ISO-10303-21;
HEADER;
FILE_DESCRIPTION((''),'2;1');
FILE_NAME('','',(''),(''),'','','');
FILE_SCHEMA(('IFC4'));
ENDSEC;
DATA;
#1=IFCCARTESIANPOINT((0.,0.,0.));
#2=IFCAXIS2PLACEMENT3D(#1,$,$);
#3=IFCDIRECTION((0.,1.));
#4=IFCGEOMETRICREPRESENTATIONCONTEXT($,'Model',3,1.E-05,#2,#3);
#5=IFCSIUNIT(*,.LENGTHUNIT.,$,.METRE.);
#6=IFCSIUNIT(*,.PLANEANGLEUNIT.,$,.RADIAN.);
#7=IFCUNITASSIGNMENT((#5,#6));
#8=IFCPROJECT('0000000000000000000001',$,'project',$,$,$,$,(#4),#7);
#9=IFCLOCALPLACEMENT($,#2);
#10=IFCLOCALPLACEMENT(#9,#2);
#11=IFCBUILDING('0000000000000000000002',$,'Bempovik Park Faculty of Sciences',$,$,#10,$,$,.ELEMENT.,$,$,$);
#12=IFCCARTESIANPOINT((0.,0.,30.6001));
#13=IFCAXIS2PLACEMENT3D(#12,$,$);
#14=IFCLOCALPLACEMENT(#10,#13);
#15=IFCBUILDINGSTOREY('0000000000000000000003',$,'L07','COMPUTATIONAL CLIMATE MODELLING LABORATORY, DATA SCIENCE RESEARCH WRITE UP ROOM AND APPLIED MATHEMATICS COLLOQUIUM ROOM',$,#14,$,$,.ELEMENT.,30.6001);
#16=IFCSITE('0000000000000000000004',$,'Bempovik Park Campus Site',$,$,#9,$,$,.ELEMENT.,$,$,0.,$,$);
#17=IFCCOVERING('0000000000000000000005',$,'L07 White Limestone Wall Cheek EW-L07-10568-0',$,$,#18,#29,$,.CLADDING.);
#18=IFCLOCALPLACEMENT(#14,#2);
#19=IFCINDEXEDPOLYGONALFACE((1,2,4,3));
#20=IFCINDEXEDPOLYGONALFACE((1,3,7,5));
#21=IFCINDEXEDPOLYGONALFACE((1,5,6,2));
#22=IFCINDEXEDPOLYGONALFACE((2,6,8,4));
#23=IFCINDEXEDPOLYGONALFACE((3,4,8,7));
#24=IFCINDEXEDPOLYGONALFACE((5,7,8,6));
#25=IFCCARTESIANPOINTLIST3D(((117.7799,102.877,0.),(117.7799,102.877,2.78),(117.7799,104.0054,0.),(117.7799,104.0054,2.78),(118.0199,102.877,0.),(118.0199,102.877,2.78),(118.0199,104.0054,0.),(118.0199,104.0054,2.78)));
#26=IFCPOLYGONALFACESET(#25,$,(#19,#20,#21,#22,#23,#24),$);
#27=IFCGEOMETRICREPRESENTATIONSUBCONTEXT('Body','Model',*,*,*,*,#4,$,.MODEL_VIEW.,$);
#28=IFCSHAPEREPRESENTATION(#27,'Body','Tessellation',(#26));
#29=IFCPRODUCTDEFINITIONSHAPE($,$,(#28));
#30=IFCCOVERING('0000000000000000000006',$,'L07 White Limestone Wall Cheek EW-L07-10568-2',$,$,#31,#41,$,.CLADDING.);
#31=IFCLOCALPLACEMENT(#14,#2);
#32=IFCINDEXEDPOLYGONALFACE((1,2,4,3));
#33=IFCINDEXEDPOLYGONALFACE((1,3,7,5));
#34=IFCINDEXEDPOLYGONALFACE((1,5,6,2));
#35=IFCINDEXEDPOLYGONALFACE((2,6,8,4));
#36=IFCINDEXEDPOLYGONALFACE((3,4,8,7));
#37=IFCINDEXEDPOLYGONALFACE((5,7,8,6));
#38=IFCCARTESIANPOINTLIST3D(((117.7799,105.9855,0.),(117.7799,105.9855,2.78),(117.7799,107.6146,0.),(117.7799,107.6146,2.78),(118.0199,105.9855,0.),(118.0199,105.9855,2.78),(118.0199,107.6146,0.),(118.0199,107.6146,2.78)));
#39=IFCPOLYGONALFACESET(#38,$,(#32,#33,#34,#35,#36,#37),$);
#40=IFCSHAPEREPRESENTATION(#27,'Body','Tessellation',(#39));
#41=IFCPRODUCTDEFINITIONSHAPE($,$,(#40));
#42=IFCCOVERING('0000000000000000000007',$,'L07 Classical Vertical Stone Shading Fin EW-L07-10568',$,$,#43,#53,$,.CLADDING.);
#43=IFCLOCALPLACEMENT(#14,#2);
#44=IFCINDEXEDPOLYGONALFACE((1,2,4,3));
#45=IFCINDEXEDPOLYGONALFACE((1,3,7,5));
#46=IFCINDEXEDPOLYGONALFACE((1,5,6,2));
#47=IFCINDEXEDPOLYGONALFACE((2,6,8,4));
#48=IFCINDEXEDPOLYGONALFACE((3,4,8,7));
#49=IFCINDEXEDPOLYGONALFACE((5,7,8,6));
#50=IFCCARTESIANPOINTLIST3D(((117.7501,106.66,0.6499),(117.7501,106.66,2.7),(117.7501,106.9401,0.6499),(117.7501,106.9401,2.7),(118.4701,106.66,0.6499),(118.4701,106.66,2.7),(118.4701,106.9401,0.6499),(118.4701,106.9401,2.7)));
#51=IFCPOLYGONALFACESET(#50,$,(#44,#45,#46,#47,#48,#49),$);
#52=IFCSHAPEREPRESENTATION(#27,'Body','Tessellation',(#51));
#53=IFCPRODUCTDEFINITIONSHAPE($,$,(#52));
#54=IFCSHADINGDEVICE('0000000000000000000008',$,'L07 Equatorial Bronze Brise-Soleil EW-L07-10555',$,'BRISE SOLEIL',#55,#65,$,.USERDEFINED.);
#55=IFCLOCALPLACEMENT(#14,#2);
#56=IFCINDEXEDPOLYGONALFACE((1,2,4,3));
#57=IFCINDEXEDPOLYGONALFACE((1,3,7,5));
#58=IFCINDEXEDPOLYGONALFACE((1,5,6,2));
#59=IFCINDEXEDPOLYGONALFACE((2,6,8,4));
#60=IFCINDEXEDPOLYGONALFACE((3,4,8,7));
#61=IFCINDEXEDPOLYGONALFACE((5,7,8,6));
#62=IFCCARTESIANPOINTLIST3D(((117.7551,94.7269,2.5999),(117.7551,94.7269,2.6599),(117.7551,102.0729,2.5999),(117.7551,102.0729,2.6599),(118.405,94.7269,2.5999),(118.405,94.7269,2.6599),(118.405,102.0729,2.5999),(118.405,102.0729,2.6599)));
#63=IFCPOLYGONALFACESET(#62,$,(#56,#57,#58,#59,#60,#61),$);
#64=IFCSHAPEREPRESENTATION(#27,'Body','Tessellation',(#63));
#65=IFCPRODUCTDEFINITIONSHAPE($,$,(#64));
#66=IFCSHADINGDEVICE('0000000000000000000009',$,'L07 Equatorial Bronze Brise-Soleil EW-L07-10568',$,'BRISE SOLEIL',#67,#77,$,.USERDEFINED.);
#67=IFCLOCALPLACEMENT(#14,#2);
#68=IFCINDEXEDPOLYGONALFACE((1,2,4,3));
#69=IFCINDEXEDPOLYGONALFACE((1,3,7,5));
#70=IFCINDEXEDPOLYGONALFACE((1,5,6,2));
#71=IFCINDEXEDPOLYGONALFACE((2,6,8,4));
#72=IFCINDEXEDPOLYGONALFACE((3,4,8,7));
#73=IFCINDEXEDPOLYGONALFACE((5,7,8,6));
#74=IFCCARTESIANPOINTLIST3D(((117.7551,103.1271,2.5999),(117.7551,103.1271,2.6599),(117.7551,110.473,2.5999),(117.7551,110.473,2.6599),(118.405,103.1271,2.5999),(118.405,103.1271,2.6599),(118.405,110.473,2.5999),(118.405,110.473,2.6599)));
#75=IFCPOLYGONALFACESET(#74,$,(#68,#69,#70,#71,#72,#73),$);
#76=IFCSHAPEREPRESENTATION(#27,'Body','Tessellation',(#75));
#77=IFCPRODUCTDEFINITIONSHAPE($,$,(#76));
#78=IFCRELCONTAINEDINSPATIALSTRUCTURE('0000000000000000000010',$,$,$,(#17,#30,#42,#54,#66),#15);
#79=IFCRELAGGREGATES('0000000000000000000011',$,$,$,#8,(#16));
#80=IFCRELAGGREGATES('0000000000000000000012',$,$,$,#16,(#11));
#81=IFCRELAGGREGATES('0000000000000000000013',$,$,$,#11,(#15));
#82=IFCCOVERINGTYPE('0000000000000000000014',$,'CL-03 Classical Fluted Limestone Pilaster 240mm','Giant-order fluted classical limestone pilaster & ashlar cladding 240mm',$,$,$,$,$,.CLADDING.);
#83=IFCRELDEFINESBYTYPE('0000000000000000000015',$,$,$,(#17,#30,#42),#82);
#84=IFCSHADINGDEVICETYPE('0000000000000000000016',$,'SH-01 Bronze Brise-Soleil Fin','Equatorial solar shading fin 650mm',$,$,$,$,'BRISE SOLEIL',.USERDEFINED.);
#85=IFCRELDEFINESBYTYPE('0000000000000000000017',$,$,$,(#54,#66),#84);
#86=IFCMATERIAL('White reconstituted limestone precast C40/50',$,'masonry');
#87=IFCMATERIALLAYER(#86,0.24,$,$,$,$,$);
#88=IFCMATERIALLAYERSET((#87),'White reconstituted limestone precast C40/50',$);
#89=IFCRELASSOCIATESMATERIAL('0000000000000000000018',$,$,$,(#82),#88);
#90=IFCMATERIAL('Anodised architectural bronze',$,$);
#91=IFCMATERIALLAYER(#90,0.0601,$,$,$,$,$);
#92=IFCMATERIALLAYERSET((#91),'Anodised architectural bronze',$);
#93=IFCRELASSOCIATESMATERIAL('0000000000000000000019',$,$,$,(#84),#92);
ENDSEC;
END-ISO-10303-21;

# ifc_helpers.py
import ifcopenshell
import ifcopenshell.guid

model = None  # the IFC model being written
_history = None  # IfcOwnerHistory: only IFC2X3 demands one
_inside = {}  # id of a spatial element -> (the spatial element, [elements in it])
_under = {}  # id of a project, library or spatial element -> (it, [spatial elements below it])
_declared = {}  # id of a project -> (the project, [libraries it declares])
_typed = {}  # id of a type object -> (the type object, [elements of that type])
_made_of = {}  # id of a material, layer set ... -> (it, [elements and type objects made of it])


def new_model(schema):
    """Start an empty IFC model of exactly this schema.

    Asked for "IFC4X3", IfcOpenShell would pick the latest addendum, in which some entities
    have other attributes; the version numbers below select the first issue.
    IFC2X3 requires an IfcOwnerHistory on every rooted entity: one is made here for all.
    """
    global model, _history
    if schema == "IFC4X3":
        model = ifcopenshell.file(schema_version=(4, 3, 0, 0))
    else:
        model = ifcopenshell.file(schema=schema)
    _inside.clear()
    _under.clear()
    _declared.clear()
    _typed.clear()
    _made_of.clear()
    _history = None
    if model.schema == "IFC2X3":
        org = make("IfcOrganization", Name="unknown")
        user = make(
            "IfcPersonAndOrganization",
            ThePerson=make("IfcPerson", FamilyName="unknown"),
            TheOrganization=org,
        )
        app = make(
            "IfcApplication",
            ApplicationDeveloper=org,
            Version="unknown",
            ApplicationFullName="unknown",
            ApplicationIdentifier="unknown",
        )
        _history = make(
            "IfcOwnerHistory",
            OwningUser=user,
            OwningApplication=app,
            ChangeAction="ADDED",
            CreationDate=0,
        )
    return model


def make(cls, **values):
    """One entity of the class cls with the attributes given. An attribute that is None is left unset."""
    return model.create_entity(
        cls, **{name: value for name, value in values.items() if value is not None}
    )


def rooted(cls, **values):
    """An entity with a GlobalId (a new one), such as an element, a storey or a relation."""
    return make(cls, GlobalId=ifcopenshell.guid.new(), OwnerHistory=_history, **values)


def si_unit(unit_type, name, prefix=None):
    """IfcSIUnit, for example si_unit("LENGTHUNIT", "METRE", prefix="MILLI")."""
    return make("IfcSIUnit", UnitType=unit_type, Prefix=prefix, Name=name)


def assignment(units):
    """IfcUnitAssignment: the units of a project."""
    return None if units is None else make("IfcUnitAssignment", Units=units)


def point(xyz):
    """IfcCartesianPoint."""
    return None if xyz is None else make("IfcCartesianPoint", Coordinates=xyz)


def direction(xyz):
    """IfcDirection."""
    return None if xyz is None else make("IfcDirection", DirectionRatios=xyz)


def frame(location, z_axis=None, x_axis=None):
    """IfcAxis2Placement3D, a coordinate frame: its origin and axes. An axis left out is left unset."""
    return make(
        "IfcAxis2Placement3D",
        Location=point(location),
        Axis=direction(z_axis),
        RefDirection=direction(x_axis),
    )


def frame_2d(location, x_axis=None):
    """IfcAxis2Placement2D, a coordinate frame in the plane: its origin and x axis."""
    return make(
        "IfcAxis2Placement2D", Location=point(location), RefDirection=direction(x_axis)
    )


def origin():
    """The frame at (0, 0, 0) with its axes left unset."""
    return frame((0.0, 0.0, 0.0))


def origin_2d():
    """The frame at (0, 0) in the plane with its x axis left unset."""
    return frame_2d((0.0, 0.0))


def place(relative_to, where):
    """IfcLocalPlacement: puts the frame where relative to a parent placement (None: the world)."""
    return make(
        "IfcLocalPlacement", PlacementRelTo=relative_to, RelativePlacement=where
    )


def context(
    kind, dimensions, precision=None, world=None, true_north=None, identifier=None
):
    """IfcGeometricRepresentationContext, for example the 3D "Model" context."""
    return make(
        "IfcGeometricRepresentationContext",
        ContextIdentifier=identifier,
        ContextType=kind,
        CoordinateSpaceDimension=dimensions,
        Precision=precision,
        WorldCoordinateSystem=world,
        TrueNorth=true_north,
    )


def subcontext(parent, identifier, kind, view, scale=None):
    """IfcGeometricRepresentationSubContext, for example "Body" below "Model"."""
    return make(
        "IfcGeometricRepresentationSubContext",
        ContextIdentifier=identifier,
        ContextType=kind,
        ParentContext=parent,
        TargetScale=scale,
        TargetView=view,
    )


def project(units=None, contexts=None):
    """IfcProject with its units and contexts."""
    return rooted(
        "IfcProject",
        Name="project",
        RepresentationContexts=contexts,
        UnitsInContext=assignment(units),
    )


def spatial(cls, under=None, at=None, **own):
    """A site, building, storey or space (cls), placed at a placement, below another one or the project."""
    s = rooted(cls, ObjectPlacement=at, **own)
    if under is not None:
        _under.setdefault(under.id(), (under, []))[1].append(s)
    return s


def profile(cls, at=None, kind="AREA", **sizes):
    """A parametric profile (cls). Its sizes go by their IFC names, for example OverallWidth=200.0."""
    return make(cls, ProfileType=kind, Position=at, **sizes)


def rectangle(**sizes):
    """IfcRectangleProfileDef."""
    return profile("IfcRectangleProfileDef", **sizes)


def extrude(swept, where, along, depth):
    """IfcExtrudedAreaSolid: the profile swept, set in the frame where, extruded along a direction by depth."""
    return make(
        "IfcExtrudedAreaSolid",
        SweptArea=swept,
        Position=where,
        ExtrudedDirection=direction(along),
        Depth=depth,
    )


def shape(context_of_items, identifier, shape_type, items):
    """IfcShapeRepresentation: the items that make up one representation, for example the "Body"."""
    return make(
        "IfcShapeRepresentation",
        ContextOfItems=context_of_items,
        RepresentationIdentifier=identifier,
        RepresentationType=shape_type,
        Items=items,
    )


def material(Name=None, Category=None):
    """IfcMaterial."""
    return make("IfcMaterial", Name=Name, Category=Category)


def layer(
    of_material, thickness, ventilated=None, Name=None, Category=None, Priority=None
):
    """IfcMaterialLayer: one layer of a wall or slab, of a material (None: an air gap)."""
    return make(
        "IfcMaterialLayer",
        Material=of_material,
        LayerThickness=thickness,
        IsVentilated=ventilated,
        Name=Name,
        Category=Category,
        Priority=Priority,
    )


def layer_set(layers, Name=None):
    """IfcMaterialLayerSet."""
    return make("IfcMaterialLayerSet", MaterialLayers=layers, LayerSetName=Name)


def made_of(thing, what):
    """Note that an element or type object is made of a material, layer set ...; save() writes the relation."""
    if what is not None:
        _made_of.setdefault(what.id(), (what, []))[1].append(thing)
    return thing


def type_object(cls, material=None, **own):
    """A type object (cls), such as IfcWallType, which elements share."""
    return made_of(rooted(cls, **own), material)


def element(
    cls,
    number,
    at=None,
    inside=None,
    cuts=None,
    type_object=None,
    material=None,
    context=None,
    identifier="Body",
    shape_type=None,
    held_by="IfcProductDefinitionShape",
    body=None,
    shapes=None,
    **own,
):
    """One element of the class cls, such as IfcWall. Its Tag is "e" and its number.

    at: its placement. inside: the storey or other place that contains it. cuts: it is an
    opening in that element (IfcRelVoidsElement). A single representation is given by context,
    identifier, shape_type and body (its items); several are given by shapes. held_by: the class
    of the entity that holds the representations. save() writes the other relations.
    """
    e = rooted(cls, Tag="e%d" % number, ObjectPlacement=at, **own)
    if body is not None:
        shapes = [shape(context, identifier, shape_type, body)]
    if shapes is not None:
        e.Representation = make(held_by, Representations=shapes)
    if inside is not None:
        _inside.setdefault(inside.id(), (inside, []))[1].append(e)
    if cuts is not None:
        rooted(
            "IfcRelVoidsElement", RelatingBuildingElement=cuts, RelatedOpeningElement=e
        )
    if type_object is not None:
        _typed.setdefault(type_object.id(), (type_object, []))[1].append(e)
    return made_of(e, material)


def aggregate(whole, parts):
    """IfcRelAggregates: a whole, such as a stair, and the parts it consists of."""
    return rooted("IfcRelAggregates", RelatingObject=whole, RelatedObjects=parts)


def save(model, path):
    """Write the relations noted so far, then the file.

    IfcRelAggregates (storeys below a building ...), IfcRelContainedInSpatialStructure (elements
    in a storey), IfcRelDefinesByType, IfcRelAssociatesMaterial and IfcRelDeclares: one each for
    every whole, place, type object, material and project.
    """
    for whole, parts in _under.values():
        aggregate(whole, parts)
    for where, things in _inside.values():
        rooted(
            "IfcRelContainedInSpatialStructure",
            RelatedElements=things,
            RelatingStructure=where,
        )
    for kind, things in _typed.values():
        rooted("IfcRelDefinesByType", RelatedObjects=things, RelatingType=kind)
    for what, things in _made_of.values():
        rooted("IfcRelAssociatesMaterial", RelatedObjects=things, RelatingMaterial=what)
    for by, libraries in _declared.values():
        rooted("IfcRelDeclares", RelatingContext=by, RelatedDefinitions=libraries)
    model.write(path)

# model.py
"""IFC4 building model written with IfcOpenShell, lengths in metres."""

from ifc_helpers import new_model, si_unit, direction, frame, origin, origin_2d, place, context, subcontext, project, spatial, rectangle, extrude, material, layer, layer_set, type_object, element, save


model = new_model("IFC4")

# Units and contexts
model_context = context("Model", 3, precision=1e-05, world=origin(), true_north=direction((0.0, 1.0)))
body_context = subcontext(model_context, "Body", "Model", "MODEL_VIEW")
ifc_project = project(units=[si_unit("LENGTHUNIT", "METRE"), si_unit("PLANEANGLEUNIT", "RADIAN")], contexts=[model_context])

# Site, building, storey
site_placement = place(None, origin())
site = spatial("IfcSite", under=ifc_project, at=site_placement, Name="Bempovik Park Campus Site", CompositionType="ELEMENT", RefElevation=0.0)
building_placement = place(site_placement, origin())
building = spatial("IfcBuilding", under=site, at=building_placement, Name="Bempovik Park Faculty of Sciences", CompositionType="ELEMENT")
storey_placement = place(building_placement, frame((0.0, 0.0, 30.6001)))
storey = spatial("IfcBuildingStorey", under=building, at=storey_placement, Name="L07", Description="COMPUTATIONAL CLIMATE MODELLING LABORATORY, DATA SCIENCE RESEARCH WRITE UP ROOM AND APPLIED MATHEMATICS COLLOQUIUM ROOM", CompositionType="ELEMENT", Elevation=30.6001)

# Coverings
ifc_material_1 = material(Name="White reconstituted limestone precast C40/50", Category="masonry")
ifc_layer_1 = layer(ifc_material_1, 0.24)
ifc_layer_set_1 = layer_set([ifc_layer_1], Name="White reconstituted limestone precast C40/50")
covering_type_1 = type_object("IfcCoveringType", Name="CL-03 Classical Fluted Limestone Pilaster 240mm", Description="Giant-order fluted classical limestone pilaster & ashlar cladding 240mm", PredefinedType="CLADDING", material=ifc_layer_set_1)
covering_1_placement = place(storey_placement, frame((117.8999, 103.4412, 0.0), z_axis=(0.0, 0.0, 1.0), x_axis=(1.0, 0.0, 0.0)))
element("IfcCovering", 1, at=covering_1_placement, inside=storey, type_object=covering_type_1, Name="L07 White Limestone Wall Cheek EW-L07-10568-0", PredefinedType="CLADDING", context=body_context, shape_type="SweptSolid", body=[
    extrude(rectangle(XDim=0.24, YDim=1.1284, at=origin_2d()), origin(), (0.0, 0.0, 1.0), 2.78),
])
covering_2_placement = place(storey_placement, frame((117.8999, 106.8, 0.0), z_axis=(0.0, 0.0, 1.0), x_axis=(1.0, 0.0, 0.0)))
element("IfcCovering", 2, at=covering_2_placement, inside=storey, type_object=covering_type_1, Name="L07 White Limestone Wall Cheek EW-L07-10568-2", PredefinedType="CLADDING", context=body_context, shape_type="SweptSolid", body=[
    extrude(rectangle(XDim=0.24, YDim=1.6292, at=origin_2d()), origin(), (0.0, 0.0, 1.0), 2.78),
])
covering_3_placement = place(storey_placement, frame((118.1101, 106.8, 0.6499), z_axis=(0.0, 0.0, 1.0), x_axis=(1.0, 0.0, 0.0)))
element("IfcCovering", 3, at=covering_3_placement, inside=storey, type_object=covering_type_1, Name="L07 Classical Vertical Stone Shading Fin EW-L07-10568", PredefinedType="CLADDING", context=body_context, shape_type="SweptSolid", body=[
    extrude(rectangle(XDim=0.72, YDim=0.28, at=origin_2d()), origin(), (0.0, 0.0, 1.0), 2.05),
])

# Shading devices
ifc_material_2 = material(Name="Anodised architectural bronze")
ifc_layer_2 = layer(ifc_material_2, 0.0601)
ifc_layer_set_2 = layer_set([ifc_layer_2], Name="Anodised architectural bronze")
shading_device_type = type_object("IfcShadingDeviceType", Name="SH-01 Bronze Brise-Soleil Fin", Description="Equatorial solar shading fin 650mm", ElementType="BRISE SOLEIL", PredefinedType="USERDEFINED", material=ifc_layer_set_2)
for number, where, z_axis, x_axis, name in (
    (4, (118.0801, 98.3999, 2.5999), (0.0, 0.0, 1.0), (1.0, 0.0, 0.0), "L07 Equatorial Bronze Brise-Soleil EW-L07-10555"),
    (5, (118.0801, 106.8, 2.5999), (0.0, 0.0, 1.0), (1.0, 0.0, 0.0), "L07 Equatorial Bronze Brise-Soleil EW-L07-10568"),
):
    element("IfcShadingDevice", number, at=place(storey_placement, frame(where, z_axis=z_axis, x_axis=x_axis)), inside=storey, type_object=shading_device_type, Name=name, ObjectType="BRISE SOLEIL", PredefinedType="USERDEFINED", context=body_context, shape_type="SweptSolid", body=[
        extrude(rectangle(XDim=0.6499, YDim=7.3459, at=origin_2d()), origin(), (0.0, 0.0, 1.0), 0.0601),
    ])

save(model, "model.ifc")
